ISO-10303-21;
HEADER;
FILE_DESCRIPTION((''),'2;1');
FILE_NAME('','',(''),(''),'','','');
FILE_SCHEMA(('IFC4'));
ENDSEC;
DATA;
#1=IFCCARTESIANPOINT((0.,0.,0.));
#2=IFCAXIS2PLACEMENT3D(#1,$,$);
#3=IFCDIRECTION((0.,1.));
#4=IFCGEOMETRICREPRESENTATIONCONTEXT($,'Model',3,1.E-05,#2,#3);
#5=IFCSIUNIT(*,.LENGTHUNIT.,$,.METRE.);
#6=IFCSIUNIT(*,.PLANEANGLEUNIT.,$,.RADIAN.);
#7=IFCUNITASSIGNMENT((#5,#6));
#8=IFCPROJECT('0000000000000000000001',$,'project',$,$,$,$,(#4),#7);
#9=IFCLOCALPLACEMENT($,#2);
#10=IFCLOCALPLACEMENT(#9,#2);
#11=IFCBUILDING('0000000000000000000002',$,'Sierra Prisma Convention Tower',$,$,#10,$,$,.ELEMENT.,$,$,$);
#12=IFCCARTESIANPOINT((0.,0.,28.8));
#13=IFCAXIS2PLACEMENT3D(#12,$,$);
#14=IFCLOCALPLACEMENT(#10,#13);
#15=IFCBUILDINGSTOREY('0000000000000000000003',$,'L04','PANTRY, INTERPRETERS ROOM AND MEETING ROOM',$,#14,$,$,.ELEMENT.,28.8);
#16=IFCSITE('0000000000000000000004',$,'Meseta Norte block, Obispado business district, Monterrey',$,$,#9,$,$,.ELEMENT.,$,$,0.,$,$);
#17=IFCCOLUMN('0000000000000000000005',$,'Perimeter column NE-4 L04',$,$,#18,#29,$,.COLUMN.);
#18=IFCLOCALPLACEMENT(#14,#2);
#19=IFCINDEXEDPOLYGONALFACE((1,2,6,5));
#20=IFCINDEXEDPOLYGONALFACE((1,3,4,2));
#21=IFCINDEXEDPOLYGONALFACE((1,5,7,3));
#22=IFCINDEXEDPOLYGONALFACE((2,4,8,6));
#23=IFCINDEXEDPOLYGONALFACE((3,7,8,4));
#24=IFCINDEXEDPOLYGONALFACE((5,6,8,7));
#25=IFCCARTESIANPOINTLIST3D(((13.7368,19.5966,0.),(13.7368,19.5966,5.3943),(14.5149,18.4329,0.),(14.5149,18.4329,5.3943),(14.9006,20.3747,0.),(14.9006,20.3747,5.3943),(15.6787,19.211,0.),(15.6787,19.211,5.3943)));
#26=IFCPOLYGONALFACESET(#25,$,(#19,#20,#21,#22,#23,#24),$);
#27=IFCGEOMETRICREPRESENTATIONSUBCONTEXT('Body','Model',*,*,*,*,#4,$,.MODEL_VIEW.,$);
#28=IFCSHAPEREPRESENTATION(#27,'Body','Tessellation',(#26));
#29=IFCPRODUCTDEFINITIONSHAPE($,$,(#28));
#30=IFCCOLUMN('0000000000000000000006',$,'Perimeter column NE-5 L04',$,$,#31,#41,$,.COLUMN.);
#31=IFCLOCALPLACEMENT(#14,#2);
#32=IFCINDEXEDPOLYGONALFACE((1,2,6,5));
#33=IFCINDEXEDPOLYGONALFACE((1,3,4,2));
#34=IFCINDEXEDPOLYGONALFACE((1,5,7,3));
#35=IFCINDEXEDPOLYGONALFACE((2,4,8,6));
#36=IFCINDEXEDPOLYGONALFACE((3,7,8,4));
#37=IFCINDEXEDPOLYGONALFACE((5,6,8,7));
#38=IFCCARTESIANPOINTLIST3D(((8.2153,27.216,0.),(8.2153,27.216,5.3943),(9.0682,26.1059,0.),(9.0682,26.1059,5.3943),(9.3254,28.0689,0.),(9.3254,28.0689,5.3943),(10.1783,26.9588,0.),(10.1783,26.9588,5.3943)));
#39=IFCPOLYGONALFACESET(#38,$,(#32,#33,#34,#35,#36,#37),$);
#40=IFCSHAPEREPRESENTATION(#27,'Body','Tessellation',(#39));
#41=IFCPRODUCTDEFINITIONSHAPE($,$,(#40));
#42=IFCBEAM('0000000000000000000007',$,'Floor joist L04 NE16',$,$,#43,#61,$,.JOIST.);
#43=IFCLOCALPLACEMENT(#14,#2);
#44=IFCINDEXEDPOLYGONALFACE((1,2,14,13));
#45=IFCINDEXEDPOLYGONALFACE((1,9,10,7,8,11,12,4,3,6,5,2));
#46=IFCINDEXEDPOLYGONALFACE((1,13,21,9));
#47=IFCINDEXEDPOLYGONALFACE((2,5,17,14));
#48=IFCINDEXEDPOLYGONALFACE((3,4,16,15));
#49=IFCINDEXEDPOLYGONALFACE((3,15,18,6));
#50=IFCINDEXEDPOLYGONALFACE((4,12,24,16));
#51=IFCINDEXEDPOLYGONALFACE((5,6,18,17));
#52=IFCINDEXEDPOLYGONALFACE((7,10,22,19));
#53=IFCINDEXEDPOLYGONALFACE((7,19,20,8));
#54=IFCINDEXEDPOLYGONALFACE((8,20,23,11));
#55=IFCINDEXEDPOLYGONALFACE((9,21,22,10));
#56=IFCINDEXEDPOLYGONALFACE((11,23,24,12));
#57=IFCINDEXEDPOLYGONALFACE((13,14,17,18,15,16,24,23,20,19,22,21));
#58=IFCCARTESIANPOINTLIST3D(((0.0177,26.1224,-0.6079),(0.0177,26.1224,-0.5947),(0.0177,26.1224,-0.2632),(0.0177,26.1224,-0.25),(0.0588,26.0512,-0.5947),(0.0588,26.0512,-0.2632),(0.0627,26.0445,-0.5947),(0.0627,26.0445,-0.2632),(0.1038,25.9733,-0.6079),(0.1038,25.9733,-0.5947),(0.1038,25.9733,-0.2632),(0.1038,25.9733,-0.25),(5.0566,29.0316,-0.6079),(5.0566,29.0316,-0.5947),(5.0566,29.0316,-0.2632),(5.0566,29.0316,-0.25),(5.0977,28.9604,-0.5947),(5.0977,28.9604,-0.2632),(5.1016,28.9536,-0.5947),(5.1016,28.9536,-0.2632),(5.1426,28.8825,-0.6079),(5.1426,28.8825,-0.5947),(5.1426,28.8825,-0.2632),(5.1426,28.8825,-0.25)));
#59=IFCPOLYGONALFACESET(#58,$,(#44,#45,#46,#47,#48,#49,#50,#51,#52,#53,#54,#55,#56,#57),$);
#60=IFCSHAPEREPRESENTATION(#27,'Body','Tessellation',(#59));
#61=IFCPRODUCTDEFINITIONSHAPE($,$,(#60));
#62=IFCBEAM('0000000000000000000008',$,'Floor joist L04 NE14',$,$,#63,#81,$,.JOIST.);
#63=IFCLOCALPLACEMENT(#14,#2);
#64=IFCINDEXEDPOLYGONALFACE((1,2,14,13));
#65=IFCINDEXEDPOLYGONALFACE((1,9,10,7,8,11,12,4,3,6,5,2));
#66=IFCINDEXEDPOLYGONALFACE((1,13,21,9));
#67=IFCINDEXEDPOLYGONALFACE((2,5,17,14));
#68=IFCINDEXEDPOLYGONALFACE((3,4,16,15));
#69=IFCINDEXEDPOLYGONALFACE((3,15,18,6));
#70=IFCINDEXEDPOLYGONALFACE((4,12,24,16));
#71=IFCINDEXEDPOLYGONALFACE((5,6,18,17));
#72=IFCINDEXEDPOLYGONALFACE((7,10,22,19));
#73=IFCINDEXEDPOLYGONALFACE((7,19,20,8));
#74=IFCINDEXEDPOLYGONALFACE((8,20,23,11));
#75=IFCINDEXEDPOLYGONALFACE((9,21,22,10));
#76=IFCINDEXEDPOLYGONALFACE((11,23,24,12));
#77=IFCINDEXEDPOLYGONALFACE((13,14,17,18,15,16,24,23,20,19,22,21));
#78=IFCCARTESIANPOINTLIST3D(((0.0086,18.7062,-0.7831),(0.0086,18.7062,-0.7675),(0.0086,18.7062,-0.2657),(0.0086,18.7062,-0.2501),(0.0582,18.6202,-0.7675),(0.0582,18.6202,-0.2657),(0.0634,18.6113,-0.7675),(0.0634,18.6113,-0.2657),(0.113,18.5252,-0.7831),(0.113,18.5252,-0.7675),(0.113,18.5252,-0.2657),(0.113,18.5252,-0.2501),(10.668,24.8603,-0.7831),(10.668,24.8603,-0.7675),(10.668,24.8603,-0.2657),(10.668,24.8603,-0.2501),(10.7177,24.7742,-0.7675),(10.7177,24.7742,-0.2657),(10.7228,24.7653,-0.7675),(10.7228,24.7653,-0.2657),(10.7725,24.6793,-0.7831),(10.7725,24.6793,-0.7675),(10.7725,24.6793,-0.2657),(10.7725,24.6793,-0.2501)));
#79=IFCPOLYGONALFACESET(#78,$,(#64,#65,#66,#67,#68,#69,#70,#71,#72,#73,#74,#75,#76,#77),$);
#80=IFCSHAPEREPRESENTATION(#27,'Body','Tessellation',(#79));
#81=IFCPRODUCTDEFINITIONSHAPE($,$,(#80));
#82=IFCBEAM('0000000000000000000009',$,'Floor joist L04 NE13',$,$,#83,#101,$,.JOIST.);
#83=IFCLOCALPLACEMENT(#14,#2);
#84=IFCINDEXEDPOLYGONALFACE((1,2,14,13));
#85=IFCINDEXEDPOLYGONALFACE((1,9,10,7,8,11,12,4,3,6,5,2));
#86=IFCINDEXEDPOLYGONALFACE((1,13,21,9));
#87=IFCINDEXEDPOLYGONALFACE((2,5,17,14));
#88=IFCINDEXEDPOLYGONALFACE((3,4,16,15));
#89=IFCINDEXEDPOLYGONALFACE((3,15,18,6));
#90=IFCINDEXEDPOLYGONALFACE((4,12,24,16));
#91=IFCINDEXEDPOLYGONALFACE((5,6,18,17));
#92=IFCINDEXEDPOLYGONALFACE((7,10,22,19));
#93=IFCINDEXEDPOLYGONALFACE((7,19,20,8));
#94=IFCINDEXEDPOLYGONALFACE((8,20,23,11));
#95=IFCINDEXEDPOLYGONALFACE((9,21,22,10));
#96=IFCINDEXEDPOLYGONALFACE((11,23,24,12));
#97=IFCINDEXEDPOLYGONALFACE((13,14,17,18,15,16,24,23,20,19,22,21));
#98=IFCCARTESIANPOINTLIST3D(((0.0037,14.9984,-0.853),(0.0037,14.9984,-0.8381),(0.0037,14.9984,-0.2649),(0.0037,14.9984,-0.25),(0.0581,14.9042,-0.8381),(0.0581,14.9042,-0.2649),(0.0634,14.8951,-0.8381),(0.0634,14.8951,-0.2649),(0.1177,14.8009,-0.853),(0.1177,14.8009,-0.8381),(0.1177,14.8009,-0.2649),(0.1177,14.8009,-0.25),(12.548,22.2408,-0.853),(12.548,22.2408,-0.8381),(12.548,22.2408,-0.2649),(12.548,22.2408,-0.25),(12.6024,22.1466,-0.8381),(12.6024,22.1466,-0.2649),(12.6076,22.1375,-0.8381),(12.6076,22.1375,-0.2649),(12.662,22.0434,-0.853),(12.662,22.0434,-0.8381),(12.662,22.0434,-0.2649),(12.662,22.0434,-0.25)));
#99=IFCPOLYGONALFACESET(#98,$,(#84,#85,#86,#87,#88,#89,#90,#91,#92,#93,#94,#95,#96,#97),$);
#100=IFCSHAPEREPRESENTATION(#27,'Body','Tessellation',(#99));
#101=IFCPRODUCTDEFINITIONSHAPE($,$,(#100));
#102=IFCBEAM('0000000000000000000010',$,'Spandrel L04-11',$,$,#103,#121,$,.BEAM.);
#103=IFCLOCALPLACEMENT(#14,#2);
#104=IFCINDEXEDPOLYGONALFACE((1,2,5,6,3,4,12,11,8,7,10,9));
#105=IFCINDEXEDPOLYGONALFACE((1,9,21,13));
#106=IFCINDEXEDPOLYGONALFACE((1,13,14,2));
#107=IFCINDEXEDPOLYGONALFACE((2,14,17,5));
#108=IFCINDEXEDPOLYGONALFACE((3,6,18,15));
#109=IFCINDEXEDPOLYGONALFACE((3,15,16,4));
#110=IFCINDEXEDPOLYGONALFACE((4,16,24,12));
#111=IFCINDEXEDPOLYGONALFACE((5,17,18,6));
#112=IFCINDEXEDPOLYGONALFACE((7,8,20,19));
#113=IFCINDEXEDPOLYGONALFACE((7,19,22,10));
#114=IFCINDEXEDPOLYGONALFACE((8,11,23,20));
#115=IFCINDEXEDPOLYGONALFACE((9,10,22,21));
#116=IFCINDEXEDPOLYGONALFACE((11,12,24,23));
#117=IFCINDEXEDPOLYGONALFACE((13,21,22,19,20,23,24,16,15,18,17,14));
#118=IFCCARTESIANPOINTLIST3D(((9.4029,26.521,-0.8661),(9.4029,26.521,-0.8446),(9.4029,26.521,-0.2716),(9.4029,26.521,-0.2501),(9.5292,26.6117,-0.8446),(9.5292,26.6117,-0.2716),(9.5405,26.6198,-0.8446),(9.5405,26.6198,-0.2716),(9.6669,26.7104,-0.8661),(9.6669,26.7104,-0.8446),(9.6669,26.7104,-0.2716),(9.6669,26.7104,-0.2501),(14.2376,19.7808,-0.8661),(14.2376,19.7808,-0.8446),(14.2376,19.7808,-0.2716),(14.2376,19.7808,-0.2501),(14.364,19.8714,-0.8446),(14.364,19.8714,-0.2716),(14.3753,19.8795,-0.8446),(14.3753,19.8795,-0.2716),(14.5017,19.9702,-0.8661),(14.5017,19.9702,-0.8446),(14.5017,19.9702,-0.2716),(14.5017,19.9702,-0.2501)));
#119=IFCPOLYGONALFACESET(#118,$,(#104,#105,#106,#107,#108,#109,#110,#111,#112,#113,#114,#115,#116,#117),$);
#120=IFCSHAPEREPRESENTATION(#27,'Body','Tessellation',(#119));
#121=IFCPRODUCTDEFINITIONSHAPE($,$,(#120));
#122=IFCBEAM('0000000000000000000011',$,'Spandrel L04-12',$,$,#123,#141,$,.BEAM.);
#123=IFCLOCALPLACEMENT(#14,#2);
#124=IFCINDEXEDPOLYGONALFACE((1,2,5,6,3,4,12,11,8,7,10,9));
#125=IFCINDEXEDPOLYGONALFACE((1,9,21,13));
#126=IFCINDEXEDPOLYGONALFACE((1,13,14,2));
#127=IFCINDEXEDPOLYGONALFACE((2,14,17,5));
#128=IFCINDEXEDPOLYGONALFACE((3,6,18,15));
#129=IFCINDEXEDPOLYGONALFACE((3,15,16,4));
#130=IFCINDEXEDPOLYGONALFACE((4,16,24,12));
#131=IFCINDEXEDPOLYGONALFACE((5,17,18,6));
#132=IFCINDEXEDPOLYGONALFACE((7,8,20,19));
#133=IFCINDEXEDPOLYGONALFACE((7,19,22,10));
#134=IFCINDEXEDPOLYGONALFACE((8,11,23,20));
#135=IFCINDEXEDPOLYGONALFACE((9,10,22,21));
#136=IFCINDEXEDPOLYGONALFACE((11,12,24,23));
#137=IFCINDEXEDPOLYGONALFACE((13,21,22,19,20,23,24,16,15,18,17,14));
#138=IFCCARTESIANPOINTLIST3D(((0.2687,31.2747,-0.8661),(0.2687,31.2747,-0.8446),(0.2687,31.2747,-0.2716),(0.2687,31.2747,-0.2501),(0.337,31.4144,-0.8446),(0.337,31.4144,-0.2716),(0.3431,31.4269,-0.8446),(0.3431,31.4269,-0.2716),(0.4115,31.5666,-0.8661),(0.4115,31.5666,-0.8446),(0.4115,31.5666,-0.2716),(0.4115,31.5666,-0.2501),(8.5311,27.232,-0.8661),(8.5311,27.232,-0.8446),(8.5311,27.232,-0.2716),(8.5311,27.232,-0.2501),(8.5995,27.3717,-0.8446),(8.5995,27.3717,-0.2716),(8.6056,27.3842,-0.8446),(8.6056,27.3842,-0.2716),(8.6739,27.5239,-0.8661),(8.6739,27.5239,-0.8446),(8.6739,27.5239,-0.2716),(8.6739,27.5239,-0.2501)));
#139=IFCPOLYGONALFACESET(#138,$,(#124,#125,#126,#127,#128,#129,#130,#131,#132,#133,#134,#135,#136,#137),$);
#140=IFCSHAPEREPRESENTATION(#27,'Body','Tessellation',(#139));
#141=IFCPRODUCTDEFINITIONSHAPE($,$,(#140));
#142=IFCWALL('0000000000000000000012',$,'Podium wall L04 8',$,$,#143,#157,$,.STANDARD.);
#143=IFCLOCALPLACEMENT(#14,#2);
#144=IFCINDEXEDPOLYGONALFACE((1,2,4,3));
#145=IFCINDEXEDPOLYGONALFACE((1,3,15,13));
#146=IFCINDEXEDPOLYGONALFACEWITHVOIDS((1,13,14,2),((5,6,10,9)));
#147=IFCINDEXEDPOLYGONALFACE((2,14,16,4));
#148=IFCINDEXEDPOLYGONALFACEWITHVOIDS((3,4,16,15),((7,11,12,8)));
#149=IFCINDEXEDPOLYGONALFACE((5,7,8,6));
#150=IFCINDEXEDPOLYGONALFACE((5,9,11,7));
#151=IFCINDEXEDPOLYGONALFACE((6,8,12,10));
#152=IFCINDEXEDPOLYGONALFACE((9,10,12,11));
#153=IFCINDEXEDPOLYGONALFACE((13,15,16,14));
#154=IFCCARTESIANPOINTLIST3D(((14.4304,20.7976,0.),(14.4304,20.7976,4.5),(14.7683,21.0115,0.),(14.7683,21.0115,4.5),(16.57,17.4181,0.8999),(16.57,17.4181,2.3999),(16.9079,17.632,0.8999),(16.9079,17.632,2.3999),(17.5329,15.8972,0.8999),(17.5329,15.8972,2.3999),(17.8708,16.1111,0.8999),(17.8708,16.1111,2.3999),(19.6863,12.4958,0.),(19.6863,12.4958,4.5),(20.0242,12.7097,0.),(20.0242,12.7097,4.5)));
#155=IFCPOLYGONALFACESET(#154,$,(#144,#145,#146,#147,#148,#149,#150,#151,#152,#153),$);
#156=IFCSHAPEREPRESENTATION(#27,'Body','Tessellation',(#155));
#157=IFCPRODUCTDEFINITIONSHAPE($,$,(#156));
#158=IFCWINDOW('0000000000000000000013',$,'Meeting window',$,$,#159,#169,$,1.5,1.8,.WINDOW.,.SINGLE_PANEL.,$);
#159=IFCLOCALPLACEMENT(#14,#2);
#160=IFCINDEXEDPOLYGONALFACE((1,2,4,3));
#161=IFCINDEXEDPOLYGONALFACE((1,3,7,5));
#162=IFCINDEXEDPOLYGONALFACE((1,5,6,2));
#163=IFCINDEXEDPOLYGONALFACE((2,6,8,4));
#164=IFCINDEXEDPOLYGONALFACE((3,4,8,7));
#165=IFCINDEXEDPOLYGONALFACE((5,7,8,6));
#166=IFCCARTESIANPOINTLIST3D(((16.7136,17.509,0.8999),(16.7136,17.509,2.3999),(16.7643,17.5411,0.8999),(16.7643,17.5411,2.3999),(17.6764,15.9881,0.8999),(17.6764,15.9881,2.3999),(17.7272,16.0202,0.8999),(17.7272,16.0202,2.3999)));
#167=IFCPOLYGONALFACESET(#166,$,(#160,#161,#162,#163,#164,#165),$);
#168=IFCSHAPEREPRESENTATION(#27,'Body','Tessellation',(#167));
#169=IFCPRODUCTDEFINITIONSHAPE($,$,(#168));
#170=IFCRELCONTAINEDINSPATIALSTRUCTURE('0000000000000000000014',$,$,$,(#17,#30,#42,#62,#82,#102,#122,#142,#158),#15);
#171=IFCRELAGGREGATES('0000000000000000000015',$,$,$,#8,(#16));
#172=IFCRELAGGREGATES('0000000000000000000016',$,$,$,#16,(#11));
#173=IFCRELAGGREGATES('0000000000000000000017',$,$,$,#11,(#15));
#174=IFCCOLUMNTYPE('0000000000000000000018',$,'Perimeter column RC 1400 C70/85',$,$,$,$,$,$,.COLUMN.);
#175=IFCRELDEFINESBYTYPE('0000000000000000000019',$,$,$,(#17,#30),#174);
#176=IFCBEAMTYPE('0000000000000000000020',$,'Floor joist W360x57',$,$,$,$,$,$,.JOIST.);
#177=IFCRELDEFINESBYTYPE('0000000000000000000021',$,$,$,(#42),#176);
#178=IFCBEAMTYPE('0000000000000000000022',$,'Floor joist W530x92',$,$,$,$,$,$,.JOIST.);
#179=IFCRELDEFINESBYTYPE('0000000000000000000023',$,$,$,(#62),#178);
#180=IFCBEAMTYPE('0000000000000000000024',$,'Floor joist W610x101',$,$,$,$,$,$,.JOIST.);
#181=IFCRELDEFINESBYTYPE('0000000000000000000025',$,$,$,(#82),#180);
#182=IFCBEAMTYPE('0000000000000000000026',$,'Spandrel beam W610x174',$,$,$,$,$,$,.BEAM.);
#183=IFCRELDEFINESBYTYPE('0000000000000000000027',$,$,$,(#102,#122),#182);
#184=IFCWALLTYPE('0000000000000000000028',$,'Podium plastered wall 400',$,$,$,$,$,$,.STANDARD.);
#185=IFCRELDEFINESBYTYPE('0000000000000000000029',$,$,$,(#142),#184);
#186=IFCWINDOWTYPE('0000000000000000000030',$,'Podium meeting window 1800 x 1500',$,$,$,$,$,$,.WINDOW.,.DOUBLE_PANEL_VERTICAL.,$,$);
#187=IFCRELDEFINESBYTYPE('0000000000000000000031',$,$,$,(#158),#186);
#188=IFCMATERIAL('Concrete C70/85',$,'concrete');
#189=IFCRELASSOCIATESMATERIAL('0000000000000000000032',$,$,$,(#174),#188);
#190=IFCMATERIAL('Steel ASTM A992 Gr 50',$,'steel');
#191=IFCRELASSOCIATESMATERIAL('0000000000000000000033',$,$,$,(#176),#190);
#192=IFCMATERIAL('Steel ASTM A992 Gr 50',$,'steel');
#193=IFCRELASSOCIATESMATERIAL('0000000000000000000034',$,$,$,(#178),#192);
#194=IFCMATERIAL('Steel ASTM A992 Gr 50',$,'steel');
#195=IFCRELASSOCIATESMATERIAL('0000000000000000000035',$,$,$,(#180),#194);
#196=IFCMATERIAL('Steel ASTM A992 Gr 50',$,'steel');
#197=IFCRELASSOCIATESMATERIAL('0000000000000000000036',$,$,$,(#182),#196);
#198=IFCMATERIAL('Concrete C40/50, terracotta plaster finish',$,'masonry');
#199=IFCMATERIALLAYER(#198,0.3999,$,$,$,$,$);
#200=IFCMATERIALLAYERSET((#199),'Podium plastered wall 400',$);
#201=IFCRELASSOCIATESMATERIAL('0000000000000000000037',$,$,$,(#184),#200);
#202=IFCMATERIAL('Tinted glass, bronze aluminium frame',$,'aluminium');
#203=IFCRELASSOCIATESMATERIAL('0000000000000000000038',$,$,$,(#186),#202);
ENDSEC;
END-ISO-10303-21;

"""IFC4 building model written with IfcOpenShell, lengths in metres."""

from ifc_helpers import new_model, si_unit, direction, frame, frame_2d, origin, origin_2d, place, context, subcontext, project, spatial, rectangle, i_section, extrude, clip, halfspace, material, layer, layer_set, material_profile, profile_set, type_object, element, fill, save


model = new_model("IFC4")

# Units and contexts
model_context = context("Model", 3, precision=1e-05, world=origin(), true_north=direction((0.0, 1.0)))
body_context = subcontext(model_context, "Body", "Model", "MODEL_VIEW")
ifc_project = project(units=[si_unit("LENGTHUNIT", "METRE"), si_unit("PLANEANGLEUNIT", "RADIAN")], contexts=[model_context])

# Site, building, storey
site_placement = place(None, origin())
site = spatial("IfcSite", under=ifc_project, at=site_placement, Name="Meseta Norte block, Obispado business district, Monterrey", CompositionType="ELEMENT", RefElevation=0.0)
building_placement = place(site_placement, origin())
building = spatial("IfcBuilding", under=site, at=building_placement, Name="Sierra Prisma Convention Tower", CompositionType="ELEMENT")
storey_placement = place(building_placement, frame((0.0, 0.0, 28.8)))
storey = spatial("IfcBuildingStorey", under=building, at=storey_placement, Name="L04", Description="PANTRY, INTERPRETERS ROOM AND MEETING ROOM", CompositionType="ELEMENT", Elevation=28.8)

# Columns
ifc_material_1 = material(Name="Concrete C70/85", Category="concrete")
ifc_material_profile_1 = material_profile(ifc_material_1, rectangle(XDim=1.3999, YDim=1.3999, at=origin_2d()), Name="Perimeter column RC 1400 C70/85")
ifc_profile_set_1 = profile_set([ifc_material_profile_1], Name="Concrete C70/85")
column_type = type_object("IfcColumnType", Name="Perimeter column RC 1400 C70/85", PredefinedType="COLUMN", material=ifc_profile_set_1)
for number, where, z_axis, x_axis, name in (
    (1, (14.7078, 19.4038, 0.0), (0.0, 0.0, 1.0), (-0.555817, 0.831305, 0.0), "Perimeter column NE-4 L04"),
    (2, (9.1968, 27.0874, 0.0), (0.0, 0.0, 1.0), (-0.609232, 0.792992, 0.0), "Perimeter column NE-5 L04"),
):
    element("IfcColumn", number, at=place(storey_placement, frame(where, z_axis=z_axis, x_axis=x_axis)), inside=storey, type_object=column_type, Name=name, PredefinedType="COLUMN", context=body_context, shape_type="SweptSolid", body=[
        clip(extrude(rectangle(XDim=1.3999, YDim=1.3999, at=origin_2d()), origin(), (0.0, 0.0, 1.0), 5.3999), halfspace(frame((0.0, 0.0, 5.3943)), False)),
    ])

# Beams
ifc_material_2 = material(Name="Steel ASTM A992 Gr 50", Category="steel")
ifc_material_profile_2 = material_profile(ifc_material_2, i_section(OverallWidth=0.1721, OverallDepth=0.3579, WebThickness=0.0078, FlangeThickness=0.0132, at=origin_2d()), Name="W360x57")
ifc_profile_set_2 = profile_set([ifc_material_profile_2], Name="Steel ASTM A992 Gr 50")
beam_type_1 = type_object("IfcBeamType", Name="Floor joist W360x57", PredefinedType="JOIST", material=ifc_profile_set_2)
beam_1_placement = place(storey_placement, frame((5.0996, 28.957, -0.429), z_axis=(-0.866024, -0.500002, 0.0), x_axis=(0.500002, -0.866024, 0.0)))
element("IfcBeam", 3, at=beam_1_placement, inside=storey, type_object=beam_type_1, Name="Floor joist L04 NE16", PredefinedType="JOIST", context=body_context, shape_type="SweptSolid", body=[
    extrude(i_section(OverallWidth=0.1721, OverallDepth=0.3579, WebThickness=0.0078, FlangeThickness=0.0132, at=origin_2d()), origin(), (0.0, 0.0, 1.0), 5.8184),
])
ifc_material_3 = material(Name="Steel ASTM A992 Gr 50", Category="steel")
ifc_material_profile_3 = material_profile(ifc_material_3, i_section(OverallWidth=0.209, OverallDepth=0.533, WebThickness=0.0103, FlangeThickness=0.0156, at=origin_2d()), Name="W530x92")
ifc_profile_set_3 = profile_set([ifc_material_profile_3], Name="Steel ASTM A992 Gr 50")
beam_type_2 = type_object("IfcBeamType", Name="Floor joist W530x92", PredefinedType="JOIST", material=ifc_profile_set_3)
beam_2_placement = place(storey_placement, frame((10.7202, 24.7698, -0.5166), z_axis=(-0.866031, -0.49999, 0.0), x_axis=(0.49999, -0.866031, 0.0)))
element("IfcBeam", 4, at=beam_2_placement, inside=storey, type_object=beam_type_2, Name="Floor joist L04 NE14", PredefinedType="JOIST", context=body_context, shape_type="SweptSolid", body=[
    extrude(i_section(OverallWidth=0.209, OverallDepth=0.533, WebThickness=0.0103, FlangeThickness=0.0156, at=origin_2d()), origin(), (0.0, 0.0, 1.0), 12.3083),
])
ifc_material_4 = material(Name="Steel ASTM A992 Gr 50", Category="steel")
ifc_material_profile_4 = material_profile(ifc_material_4, i_section(OverallWidth=0.228, OverallDepth=0.603, WebThickness=0.0105, FlangeThickness=0.0149, at=origin_2d()), Name="W610x101")
ifc_profile_set_4 = profile_set([ifc_material_profile_4], Name="Steel ASTM A992 Gr 50")
beam_type_3 = type_object("IfcBeamType", Name="Floor joist W610x101", PredefinedType="JOIST", material=ifc_profile_set_4)
beam_3_placement = place(storey_placement, frame((12.605, 22.1421, -0.5515), z_axis=(-0.866024, -0.500002, 0.0), x_axis=(0.500002, -0.866024, 0.0)))
element("IfcBeam", 5, at=beam_3_placement, inside=storey, type_object=beam_type_3, Name="Floor joist L04 NE13", PredefinedType="JOIST", context=body_context, shape_type="SweptSolid", body=[
    extrude(i_section(OverallWidth=0.228, OverallDepth=0.603, WebThickness=0.0105, FlangeThickness=0.0149, at=origin_2d()), origin(), (0.0, 0.0, 1.0), 14.4849),
])
ifc_material_5 = material(Name="Steel ASTM A992 Gr 50", Category="steel")
ifc_material_profile_5 = material_profile(ifc_material_5, i_section(OverallWidth=0.325, OverallDepth=0.616, WebThickness=0.0139, FlangeThickness=0.0215, at=origin_2d()), Name="W610x174")
ifc_profile_set_5 = profile_set([ifc_material_profile_5], Name="Steel ASTM A992 Gr 50")
beam_type_4 = type_object("IfcBeamType", Name="Spandrel beam W610x174", PredefinedType="BEAM", material=ifc_profile_set_5)
beam_4_placement = place(storey_placement, frame((14.3696, 19.8755, -0.5581), z_axis=(-0.582855, 0.812576, 0.0), x_axis=(-0.812576, -0.582855, 0.0)))
element("IfcBeam", 6, at=beam_4_placement, inside=storey, type_object=beam_type_4, Name="Spandrel L04-11", PredefinedType="BEAM", context=body_context, shape_type="SweptSolid", body=[
    extrude(i_section(OverallWidth=0.325, OverallDepth=0.616, WebThickness=0.0139, FlangeThickness=0.0215, at=origin_2d()), origin(), (0.0, 0.0, 1.0), 8.2949),
])
beam_5_placement = place(storey_placement, frame((8.6025, 27.3779, -0.5581), z_axis=(-0.898243, 0.4395, 0.0), x_axis=(-0.4395, -0.898243, 0.0)))
element("IfcBeam", 7, at=beam_5_placement, inside=storey, type_object=beam_type_4, Name="Spandrel L04-12", PredefinedType="BEAM", context=body_context, shape_type="SweptSolid", body=[
    extrude(i_section(OverallWidth=0.325, OverallDepth=0.616, WebThickness=0.0139, FlangeThickness=0.0215, at=origin_2d()), origin(), (0.0, 0.0, 1.0), 9.1985),
])

# Wall, opening, window
ifc_material_6 = material(Name="Concrete C40/50, terracotta plaster finish", Category="masonry")
ifc_layer_1 = layer(ifc_material_6, 0.3999)
ifc_layer_set_1 = layer_set([ifc_layer_1], Name="Podium plastered wall 400")
wall_type = type_object("IfcWallType", Name="Podium plastered wall 400", PredefinedType="STANDARD", material=ifc_layer_set_1)
wall_1_placement = place(storey_placement, frame((14.5994, 20.9045, 0.0), z_axis=(0.0, 0.0, 1.0), x_axis=(0.534913, -0.844907, 0.0)))
wall_1 = element("IfcWall", 8, at=wall_1_placement, inside=storey, type_object=wall_type, Name="Podium wall L04 8", PredefinedType="STANDARD", context=body_context, shape_type="SweptSolid", body=[
    extrude(rectangle(XDim=9.8257, YDim=0.3999, at=frame_2d((4.9128, 0.0))), origin(), (0.0, 0.0, 1.0), 4.5),
])
opening_1_placement = place(wall_1_placement, frame((4.0, 0.0, 0.8999)))
opening_1 = element("IfcOpeningElement", 9, at=opening_1_placement, cuts=wall_1, PredefinedType="OPENING", context=body_context, shape_type="SweptSolid", body=[
    extrude(rectangle(XDim=1.8, YDim=1.5, at=frame_2d((0.8999, 0.75))), frame((0.0, 0.2, 0.0), z_axis=(0.0, -1.0, 0.0), x_axis=(1.0, 0.0, 0.0)), (0.0, 0.0, 1.0), 0.3999),
])
ifc_material_7 = material(Name="Tinted glass, bronze aluminium frame", Category="aluminium")
window_type = type_object("IfcWindowType", Name="Podium meeting window 1800 x 1500", PartitioningType="DOUBLE_PANEL_VERTICAL", PredefinedType="WINDOW", material=ifc_material_7)
window_1_placement = place(opening_1_placement, origin())
window_1 = element("IfcWindow", 10, at=window_1_placement, inside=storey, type_object=window_type, Name="Meeting window", OverallHeight=1.5, OverallWidth=1.8, PartitioningType="SINGLE_PANEL", PredefinedType="WINDOW", context=body_context, shape_type="SweptSolid", body=[
    extrude(rectangle(XDim=1.8, YDim=1.5, at=frame_2d((0.8999, 0.75))), frame((0.0, 0.03, 0.0), z_axis=(0.0, -1.0, 0.0), x_axis=(1.0, 0.0, 0.0)), (0.0, 0.0, 1.0), 0.0601),
])
fill(opening_1, window_1)

save(model, "model.ifc")
